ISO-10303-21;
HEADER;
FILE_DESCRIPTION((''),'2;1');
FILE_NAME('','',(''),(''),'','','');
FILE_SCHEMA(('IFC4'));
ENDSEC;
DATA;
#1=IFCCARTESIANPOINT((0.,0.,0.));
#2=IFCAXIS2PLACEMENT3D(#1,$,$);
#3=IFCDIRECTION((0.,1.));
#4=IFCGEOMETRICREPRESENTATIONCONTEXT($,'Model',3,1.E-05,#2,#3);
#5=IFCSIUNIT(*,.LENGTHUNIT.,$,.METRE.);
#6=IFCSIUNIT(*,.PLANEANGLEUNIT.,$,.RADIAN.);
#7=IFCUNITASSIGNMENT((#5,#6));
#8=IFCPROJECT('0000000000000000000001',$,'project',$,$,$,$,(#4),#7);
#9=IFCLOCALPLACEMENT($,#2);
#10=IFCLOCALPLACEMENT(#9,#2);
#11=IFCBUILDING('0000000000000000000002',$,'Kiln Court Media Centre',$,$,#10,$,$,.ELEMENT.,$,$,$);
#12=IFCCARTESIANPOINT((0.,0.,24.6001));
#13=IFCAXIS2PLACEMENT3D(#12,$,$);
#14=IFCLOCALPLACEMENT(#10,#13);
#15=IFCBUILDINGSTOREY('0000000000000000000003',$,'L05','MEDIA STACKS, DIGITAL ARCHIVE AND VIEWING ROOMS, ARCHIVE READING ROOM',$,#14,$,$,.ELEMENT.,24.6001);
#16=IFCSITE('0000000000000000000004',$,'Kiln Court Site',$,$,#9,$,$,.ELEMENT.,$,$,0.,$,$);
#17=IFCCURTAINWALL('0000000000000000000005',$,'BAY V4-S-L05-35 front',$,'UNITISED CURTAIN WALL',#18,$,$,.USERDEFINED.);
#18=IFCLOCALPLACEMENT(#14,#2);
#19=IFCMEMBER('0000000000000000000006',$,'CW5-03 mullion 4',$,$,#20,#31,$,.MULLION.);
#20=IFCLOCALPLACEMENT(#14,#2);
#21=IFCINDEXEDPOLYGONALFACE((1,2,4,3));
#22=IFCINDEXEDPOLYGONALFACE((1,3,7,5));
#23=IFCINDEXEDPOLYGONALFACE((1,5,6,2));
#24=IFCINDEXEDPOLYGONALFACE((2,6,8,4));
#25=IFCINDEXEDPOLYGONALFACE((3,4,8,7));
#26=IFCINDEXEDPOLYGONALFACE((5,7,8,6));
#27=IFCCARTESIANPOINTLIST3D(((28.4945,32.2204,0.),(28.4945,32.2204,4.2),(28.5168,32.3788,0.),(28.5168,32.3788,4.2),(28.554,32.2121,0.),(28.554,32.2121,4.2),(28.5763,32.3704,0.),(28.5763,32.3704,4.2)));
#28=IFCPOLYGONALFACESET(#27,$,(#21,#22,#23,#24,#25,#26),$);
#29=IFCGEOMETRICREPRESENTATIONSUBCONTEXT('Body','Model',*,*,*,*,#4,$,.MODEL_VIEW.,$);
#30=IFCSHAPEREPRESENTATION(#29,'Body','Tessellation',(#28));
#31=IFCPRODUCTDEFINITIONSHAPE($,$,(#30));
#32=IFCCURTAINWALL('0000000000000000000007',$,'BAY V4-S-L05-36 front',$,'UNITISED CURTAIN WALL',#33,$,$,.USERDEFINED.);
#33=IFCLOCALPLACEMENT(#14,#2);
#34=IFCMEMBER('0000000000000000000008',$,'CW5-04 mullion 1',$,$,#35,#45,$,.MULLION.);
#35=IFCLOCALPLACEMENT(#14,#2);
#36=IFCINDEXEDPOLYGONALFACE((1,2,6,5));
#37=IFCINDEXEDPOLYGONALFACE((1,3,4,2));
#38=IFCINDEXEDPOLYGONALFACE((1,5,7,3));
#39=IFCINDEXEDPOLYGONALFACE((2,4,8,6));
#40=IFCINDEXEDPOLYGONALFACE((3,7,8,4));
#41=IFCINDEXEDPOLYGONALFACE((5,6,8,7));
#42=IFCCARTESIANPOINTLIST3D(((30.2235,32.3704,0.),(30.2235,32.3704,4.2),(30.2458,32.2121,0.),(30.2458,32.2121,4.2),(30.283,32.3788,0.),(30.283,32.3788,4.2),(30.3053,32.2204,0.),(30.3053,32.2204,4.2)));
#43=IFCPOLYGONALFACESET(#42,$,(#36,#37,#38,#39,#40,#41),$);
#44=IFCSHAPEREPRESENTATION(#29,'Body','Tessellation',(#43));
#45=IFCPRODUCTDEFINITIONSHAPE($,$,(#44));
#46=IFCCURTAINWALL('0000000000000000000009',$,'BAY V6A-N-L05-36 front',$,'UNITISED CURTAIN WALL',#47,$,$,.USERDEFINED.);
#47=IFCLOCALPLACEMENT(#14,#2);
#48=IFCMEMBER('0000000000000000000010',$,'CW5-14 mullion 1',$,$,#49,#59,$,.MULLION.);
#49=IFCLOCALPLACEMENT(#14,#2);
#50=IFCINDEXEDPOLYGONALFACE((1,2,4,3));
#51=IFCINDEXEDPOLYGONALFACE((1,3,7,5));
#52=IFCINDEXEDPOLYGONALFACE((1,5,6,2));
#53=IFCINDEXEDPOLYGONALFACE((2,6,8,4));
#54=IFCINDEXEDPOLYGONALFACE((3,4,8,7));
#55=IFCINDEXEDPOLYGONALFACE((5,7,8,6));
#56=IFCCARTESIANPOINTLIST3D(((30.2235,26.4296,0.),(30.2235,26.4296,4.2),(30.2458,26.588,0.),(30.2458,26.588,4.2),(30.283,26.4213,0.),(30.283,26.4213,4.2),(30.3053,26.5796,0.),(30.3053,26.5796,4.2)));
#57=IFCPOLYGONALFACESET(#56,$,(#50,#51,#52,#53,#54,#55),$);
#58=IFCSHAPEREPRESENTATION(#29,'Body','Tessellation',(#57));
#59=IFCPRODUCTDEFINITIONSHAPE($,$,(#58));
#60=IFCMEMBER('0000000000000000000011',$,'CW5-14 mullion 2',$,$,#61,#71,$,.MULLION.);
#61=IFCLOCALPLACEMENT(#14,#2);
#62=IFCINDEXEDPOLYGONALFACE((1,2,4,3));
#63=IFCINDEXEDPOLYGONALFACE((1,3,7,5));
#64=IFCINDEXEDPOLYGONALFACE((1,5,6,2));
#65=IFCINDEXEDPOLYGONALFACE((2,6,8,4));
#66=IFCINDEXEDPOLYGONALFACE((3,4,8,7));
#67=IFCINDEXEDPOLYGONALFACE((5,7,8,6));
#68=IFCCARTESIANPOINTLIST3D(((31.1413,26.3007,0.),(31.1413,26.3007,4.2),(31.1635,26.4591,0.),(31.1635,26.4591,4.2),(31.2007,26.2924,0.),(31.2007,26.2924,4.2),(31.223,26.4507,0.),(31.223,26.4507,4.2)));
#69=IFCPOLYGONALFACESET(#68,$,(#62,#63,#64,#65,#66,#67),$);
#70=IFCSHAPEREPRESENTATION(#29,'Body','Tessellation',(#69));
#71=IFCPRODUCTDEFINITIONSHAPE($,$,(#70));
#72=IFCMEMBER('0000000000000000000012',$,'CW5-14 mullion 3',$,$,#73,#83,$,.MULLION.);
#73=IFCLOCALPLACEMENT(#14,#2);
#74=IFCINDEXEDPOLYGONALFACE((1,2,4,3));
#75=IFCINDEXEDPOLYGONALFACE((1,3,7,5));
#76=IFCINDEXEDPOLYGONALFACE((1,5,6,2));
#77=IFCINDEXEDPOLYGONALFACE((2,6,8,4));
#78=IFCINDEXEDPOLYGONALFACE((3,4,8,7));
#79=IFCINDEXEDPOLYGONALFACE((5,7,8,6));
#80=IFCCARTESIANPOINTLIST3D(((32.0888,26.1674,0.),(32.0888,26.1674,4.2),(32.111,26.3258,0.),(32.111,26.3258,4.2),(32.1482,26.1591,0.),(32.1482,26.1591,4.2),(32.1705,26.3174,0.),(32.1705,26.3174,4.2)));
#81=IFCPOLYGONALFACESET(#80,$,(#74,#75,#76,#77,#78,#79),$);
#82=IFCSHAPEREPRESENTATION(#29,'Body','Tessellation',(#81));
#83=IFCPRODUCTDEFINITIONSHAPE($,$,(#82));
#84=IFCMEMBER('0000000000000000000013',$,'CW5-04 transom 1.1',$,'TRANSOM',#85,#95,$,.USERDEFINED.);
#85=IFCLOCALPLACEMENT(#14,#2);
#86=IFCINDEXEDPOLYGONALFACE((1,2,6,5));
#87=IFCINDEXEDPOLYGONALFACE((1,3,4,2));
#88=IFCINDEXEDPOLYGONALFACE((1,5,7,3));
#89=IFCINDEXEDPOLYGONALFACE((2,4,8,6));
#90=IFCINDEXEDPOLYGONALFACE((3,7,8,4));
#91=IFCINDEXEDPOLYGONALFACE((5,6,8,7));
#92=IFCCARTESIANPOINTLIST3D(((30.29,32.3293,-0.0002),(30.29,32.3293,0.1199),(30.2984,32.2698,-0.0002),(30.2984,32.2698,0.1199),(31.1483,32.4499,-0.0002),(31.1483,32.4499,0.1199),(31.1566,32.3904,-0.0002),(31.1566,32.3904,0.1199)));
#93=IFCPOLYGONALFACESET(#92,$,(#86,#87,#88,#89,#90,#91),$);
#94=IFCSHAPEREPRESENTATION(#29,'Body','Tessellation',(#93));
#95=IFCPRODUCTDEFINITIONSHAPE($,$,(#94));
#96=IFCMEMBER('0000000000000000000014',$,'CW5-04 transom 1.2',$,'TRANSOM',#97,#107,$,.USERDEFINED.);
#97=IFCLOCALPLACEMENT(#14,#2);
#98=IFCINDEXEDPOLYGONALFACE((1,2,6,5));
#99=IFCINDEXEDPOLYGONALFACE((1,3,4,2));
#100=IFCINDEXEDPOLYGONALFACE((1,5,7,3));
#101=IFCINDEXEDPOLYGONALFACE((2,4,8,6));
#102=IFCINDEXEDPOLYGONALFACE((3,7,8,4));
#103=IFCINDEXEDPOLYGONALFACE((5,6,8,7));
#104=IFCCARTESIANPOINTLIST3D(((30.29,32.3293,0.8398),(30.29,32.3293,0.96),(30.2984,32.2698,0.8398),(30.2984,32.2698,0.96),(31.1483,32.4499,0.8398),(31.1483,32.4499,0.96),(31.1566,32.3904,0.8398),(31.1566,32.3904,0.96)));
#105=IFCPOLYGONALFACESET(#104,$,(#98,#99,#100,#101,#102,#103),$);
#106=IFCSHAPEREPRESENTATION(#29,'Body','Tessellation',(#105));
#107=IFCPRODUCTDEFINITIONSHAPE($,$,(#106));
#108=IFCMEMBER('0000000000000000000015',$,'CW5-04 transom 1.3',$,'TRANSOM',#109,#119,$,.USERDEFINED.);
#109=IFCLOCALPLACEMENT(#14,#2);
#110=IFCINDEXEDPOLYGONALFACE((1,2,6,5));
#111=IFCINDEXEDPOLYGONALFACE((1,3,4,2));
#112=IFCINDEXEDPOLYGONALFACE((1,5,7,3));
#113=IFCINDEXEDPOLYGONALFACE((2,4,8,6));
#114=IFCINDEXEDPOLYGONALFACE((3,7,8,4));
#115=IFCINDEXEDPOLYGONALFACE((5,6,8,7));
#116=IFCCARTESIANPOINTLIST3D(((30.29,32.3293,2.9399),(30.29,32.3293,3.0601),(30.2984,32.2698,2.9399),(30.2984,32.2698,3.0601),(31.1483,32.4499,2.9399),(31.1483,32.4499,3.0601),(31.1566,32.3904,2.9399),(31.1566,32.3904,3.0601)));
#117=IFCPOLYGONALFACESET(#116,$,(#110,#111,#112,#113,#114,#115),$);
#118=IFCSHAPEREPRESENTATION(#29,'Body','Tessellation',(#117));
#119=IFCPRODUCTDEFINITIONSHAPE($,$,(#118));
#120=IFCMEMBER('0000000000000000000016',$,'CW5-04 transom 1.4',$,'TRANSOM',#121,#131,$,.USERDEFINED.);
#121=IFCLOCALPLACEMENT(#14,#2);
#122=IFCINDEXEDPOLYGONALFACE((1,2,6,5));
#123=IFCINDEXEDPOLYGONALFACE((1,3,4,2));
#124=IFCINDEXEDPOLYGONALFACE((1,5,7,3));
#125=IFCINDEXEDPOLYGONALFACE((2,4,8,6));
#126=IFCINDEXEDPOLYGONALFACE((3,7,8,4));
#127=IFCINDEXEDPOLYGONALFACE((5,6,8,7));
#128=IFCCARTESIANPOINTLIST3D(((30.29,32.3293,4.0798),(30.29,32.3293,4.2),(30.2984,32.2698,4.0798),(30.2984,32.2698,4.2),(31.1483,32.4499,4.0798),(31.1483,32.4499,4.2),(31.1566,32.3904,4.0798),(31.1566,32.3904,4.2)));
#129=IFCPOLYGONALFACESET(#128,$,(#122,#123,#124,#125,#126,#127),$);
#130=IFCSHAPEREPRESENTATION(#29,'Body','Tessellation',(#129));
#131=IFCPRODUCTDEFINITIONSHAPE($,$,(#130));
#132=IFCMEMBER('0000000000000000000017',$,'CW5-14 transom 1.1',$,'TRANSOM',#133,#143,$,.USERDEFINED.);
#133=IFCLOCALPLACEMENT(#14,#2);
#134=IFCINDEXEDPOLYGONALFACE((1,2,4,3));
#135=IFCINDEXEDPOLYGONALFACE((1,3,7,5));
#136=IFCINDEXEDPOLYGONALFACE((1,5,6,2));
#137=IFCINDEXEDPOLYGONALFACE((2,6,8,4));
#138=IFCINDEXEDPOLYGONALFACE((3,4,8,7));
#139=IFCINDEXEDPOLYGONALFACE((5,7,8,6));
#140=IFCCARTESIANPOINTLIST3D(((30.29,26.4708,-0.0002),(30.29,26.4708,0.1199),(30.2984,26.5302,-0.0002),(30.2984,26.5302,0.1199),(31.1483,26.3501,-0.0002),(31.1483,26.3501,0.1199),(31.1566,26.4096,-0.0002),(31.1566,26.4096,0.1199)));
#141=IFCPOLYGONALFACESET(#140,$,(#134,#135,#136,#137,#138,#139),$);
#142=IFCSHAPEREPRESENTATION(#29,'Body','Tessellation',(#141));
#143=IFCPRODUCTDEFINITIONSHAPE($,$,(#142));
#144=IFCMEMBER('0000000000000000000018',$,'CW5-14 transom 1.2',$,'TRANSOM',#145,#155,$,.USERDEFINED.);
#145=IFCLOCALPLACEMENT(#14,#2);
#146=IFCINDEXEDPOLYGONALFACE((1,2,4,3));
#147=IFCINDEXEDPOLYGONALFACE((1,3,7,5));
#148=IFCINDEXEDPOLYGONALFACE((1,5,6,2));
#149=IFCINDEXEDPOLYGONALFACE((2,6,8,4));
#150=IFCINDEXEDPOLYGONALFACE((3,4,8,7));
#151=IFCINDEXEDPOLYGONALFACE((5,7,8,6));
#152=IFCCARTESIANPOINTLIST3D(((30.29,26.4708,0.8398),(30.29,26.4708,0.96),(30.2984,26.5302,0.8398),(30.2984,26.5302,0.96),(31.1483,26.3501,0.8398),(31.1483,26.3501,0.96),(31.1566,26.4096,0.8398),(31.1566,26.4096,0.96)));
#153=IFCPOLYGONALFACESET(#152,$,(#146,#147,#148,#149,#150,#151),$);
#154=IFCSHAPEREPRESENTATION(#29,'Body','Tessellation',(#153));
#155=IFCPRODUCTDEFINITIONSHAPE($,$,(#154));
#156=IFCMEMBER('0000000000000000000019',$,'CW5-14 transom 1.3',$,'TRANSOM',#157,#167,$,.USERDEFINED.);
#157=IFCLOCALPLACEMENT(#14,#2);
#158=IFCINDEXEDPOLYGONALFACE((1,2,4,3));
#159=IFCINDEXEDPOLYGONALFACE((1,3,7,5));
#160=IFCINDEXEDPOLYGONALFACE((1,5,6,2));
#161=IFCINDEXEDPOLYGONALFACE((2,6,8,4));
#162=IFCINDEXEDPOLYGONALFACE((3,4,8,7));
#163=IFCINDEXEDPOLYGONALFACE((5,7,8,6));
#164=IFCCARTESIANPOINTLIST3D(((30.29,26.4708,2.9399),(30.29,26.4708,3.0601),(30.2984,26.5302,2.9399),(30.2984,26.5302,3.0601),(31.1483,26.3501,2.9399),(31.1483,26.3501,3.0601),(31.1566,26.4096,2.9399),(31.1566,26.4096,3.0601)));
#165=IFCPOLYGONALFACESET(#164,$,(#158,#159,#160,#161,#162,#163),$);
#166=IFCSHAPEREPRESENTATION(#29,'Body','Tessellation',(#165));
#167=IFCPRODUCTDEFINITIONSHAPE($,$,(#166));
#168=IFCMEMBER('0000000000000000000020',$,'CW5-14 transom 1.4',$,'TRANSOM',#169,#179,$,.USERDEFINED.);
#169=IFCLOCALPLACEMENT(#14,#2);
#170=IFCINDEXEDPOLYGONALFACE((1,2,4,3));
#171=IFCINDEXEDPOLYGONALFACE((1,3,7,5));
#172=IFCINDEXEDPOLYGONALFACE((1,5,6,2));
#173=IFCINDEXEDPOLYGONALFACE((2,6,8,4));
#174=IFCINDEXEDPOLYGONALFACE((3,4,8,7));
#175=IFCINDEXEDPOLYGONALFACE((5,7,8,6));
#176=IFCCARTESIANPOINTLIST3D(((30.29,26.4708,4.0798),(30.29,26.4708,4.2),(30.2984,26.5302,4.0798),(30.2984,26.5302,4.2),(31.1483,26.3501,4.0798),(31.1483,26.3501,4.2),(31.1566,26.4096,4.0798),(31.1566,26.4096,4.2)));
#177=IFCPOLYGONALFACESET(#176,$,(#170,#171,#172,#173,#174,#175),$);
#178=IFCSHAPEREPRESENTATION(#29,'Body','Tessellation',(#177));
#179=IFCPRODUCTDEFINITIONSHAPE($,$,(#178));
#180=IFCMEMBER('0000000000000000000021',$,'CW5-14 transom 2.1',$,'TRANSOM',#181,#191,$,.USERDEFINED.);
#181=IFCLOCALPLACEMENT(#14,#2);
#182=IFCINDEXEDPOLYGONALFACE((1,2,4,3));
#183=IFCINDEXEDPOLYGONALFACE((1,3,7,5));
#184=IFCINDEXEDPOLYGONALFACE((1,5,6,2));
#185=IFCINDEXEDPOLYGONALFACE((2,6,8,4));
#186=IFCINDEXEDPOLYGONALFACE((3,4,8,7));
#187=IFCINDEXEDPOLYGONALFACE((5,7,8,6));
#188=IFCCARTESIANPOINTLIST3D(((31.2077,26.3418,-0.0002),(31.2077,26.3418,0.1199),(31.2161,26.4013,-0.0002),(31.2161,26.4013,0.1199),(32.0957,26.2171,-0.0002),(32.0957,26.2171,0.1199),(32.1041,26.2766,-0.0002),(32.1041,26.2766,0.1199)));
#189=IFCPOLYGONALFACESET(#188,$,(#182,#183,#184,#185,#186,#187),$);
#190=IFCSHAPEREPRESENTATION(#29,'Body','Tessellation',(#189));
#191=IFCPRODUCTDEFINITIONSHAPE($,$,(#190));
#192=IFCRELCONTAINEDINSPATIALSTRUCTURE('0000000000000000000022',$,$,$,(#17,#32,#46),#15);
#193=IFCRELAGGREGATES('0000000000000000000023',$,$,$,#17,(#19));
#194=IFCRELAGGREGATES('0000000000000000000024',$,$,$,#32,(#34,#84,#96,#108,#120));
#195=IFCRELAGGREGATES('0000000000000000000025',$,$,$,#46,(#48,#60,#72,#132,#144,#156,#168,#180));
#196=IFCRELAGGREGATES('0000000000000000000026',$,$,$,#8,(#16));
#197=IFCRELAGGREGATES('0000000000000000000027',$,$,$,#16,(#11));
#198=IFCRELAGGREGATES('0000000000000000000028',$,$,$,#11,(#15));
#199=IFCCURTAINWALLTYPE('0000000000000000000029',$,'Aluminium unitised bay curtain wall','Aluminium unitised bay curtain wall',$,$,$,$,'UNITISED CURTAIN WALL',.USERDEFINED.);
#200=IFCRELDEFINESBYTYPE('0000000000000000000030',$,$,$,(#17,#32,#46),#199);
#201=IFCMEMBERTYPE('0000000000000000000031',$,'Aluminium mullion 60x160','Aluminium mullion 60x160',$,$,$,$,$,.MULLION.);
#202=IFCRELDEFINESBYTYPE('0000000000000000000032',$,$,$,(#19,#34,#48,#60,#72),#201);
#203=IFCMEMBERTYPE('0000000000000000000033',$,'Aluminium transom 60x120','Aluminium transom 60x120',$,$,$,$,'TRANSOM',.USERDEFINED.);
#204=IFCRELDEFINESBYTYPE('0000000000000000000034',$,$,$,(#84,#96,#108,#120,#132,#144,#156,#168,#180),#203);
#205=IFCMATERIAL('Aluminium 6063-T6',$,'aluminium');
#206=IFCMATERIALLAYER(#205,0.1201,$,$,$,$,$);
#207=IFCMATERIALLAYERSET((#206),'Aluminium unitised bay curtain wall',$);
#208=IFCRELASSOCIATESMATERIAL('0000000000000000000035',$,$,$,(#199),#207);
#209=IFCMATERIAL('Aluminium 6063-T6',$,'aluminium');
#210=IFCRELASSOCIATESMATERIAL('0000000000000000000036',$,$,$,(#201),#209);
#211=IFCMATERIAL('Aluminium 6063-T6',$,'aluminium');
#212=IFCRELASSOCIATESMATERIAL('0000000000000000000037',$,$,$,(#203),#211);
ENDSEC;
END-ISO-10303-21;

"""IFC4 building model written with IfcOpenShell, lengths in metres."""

from ifc_helpers import new_model, si_unit, direction, frame, origin, origin_2d, place, context, subcontext, project, spatial, rectangle, extrude, material, layer, layer_set, material_profile, profile_set, type_object, element, aggregate, save


model = new_model("IFC4")

# Units and contexts
model_context = context("Model", 3, precision=1e-05, world=origin(), true_north=direction((0.0, 1.0)))
body_context = subcontext(model_context, "Body", "Model", "MODEL_VIEW")
ifc_project = project(units=[si_unit("LENGTHUNIT", "METRE"), si_unit("PLANEANGLEUNIT", "RADIAN")], contexts=[model_context])

# Site, building, storey
site_placement = place(None, origin())
site = spatial("IfcSite", under=ifc_project, at=site_placement, Name="Kiln Court Site", CompositionType="ELEMENT", RefElevation=0.0)
building_placement = place(site_placement, origin())
building = spatial("IfcBuilding", under=site, at=building_placement, Name="Kiln Court Media Centre", CompositionType="ELEMENT")
storey_placement = place(building_placement, frame((0.0, 0.0, 24.6001)))
storey = spatial("IfcBuildingStorey", under=building, at=storey_placement, Name="L05", Description="MEDIA STACKS, DIGITAL ARCHIVE AND VIEWING ROOMS, ARCHIVE READING ROOM", CompositionType="ELEMENT", Elevation=24.6001)

# Curtain walls, members
ifc_material_1 = material(Name="Aluminium 6063-T6", Category="aluminium")
ifc_layer_1 = layer(ifc_material_1, 0.1201)
ifc_layer_set_1 = layer_set([ifc_layer_1], Name="Aluminium unitised bay curtain wall")
curtain_wall_type = type_object("IfcCurtainWallType", Name="Aluminium unitised bay curtain wall", Description="Aluminium unitised bay curtain wall", ElementType="UNITISED CURTAIN WALL", PredefinedType="USERDEFINED", material=ifc_layer_set_1)
curtain_wall_1_placement = place(storey_placement, origin())
curtain_wall_1 = element("IfcCurtainWall", 1, at=curtain_wall_1_placement, inside=storey, type_object=curtain_wall_type, Name="BAY V4-S-L05-35 front", ObjectType="UNITISED CURTAIN WALL", PredefinedType="USERDEFINED")
ifc_material_2 = material(Name="Aluminium 6063-T6", Category="aluminium")
ifc_material_profile_1 = material_profile(ifc_material_2, rectangle(XDim=0.0601, YDim=0.1599, at=origin_2d()), Name="Aluminium mullion 60x160")
ifc_profile_set_1 = profile_set([ifc_material_profile_1], Name="Aluminium 6063-T6")
member_type_1 = type_object("IfcMemberType", Name="Aluminium mullion 60x160", Description="Aluminium mullion 60x160", PredefinedType="MULLION", material=ifc_profile_set_1)
member_1_placement = place(storey_placement, frame((28.5354, 32.2954, 0.0), z_axis=(0.0, 0.0, 1.0), x_axis=(0.99027, -0.139162, 0.0)))
member_1 = element("IfcMember", 2, at=member_1_placement, type_object=member_type_1, Name="CW5-03 mullion 4", PredefinedType="MULLION", context=body_context, shape_type="SweptSolid", body=[
    extrude(rectangle(XDim=0.0601, YDim=0.1599, at=origin_2d()), origin(), (0.0, 0.0, 1.0), 4.2),
])
aggregate(curtain_wall_1, [member_1])
curtain_wall_2_placement = place(storey_placement, origin())
curtain_wall_2 = element("IfcCurtainWall", 3, at=curtain_wall_2_placement, inside=storey, type_object=curtain_wall_type, Name="BAY V4-S-L05-36 front", ObjectType="UNITISED CURTAIN WALL", PredefinedType="USERDEFINED")
member_2_placement = place(storey_placement, frame((30.2644, 32.2954, 0.0), z_axis=(0.0, 0.0, 1.0), x_axis=(0.99027, 0.139162, 0.0)))
member_2 = element("IfcMember", 4, at=member_2_placement, type_object=member_type_1, Name="CW5-04 mullion 1", PredefinedType="MULLION", context=body_context, shape_type="SweptSolid", body=[
    extrude(rectangle(XDim=0.0601, YDim=0.1599, at=origin_2d()), origin(), (0.0, 0.0, 1.0), 4.2),
])

# Curtain wall, members
curtain_wall_3_placement = place(storey_placement, origin())
curtain_wall_3 = element("IfcCurtainWall", 5, at=curtain_wall_3_placement, inside=storey, type_object=curtain_wall_type, Name="BAY V6A-N-L05-36 front", ObjectType="UNITISED CURTAIN WALL", PredefinedType="USERDEFINED")
member_3_placement = place(storey_placement, frame((30.2644, 26.5046, 0.0), z_axis=(0.0, 0.0, 1.0), x_axis=(0.99027, -0.139162, 0.0)))
member_3 = element("IfcMember", 6, at=member_3_placement, type_object=member_type_1, Name="CW5-14 mullion 1", PredefinedType="MULLION", context=body_context, shape_type="SweptSolid", body=[
    extrude(rectangle(XDim=0.0601, YDim=0.1599, at=origin_2d()), origin(), (0.0, 0.0, 1.0), 4.2),
])
member_4_placement = place(storey_placement, frame((31.1821, 26.3757, 0.0), z_axis=(0.0, 0.0, 1.0), x_axis=(0.99027, -0.139162, 0.0)))
member_4 = element("IfcMember", 7, at=member_4_placement, type_object=member_type_1, Name="CW5-14 mullion 2", PredefinedType="MULLION", context=body_context, shape_type="SweptSolid", body=[
    extrude(rectangle(XDim=0.0601, YDim=0.1599, at=origin_2d()), origin(), (0.0, 0.0, 1.0), 4.2),
])
member_5_placement = place(storey_placement, frame((32.1296, 26.2424, 0.0), z_axis=(0.0, 0.0, 1.0), x_axis=(0.99027, -0.139162, 0.0)))
member_5 = element("IfcMember", 8, at=member_5_placement, type_object=member_type_1, Name="CW5-14 mullion 3", PredefinedType="MULLION", context=body_context, shape_type="SweptSolid", body=[
    extrude(rectangle(XDim=0.0601, YDim=0.1599, at=origin_2d()), origin(), (0.0, 0.0, 1.0), 4.2),
])

# Members
ifc_material_3 = material(Name="Aluminium 6063-T6", Category="aluminium")
ifc_material_profile_2 = material_profile(ifc_material_3, rectangle(XDim=0.0601, YDim=0.1201, at=origin_2d()), Name="Aluminium transom 60x120")
ifc_profile_set_2 = profile_set([ifc_material_profile_2], Name="Aluminium 6063-T6")
member_type_2 = type_object("IfcMemberType", Name="Aluminium transom 60x120", Description="Aluminium transom 60x120", ElementType="TRANSOM", PredefinedType="USERDEFINED", material=ifc_profile_set_2)
member_6_placement = place(storey_placement, frame((30.2942, 32.2996, 0.0598), z_axis=(0.990268, 0.139173, 0.0), x_axis=(-0.139173, 0.990268, 0.0)))
member_6 = element("IfcMember", 9, at=member_6_placement, type_object=member_type_2, Name="CW5-04 transom 1.1", ObjectType="TRANSOM", PredefinedType="USERDEFINED", context=body_context, shape_type="SweptSolid", body=[
    extrude(rectangle(XDim=0.0601, YDim=0.1201, at=origin_2d()), origin(), (0.0, 0.0, 1.0), 0.8667),
])
member_7_placement = place(storey_placement, frame((30.2942, 32.2996, 0.8999), z_axis=(0.990268, 0.139173, 0.0), x_axis=(-0.139173, 0.990268, 0.0)))
member_7 = element("IfcMember", 10, at=member_7_placement, type_object=member_type_2, Name="CW5-04 transom 1.2", ObjectType="TRANSOM", PredefinedType="USERDEFINED", context=body_context, shape_type="SweptSolid", body=[
    extrude(rectangle(XDim=0.0601, YDim=0.1201, at=origin_2d()), origin(), (0.0, 0.0, 1.0), 0.8667),
])
member_8_placement = place(storey_placement, frame((30.2942, 32.2996, 3.0), z_axis=(0.990268, 0.139173, 0.0), x_axis=(-0.139173, 0.990268, 0.0)))
member_8 = element("IfcMember", 11, at=member_8_placement, type_object=member_type_2, Name="CW5-04 transom 1.3", ObjectType="TRANSOM", PredefinedType="USERDEFINED", context=body_context, shape_type="SweptSolid", body=[
    extrude(rectangle(XDim=0.0601, YDim=0.1201, at=origin_2d()), origin(), (0.0, 0.0, 1.0), 0.8667),
])
member_9_placement = place(storey_placement, frame((30.2942, 32.2996, 4.1399), z_axis=(0.990268, 0.139173, 0.0), x_axis=(-0.139173, 0.990268, 0.0)))
member_9 = element("IfcMember", 12, at=member_9_placement, type_object=member_type_2, Name="CW5-04 transom 1.4", ObjectType="TRANSOM", PredefinedType="USERDEFINED", context=body_context, shape_type="SweptSolid", body=[
    extrude(rectangle(XDim=0.0601, YDim=0.1201, at=origin_2d()), origin(), (0.0, 0.0, 1.0), 0.8667),
])
aggregate(curtain_wall_2, [member_2, member_6, member_7, member_8, member_9])
member_10_placement = place(storey_placement, frame((30.2942, 26.5005, 0.0598), z_axis=(0.990268, -0.139173, 0.0), x_axis=(0.139173, 0.990268, 0.0)))
member_10 = element("IfcMember", 13, at=member_10_placement, type_object=member_type_2, Name="CW5-14 transom 1.1", ObjectType="TRANSOM", PredefinedType="USERDEFINED", context=body_context, shape_type="SweptSolid", body=[
    extrude(rectangle(XDim=0.0601, YDim=0.1201, at=origin_2d()), origin(), (0.0, 0.0, 1.0), 0.8667),
])
member_11_placement = place(storey_placement, frame((30.2942, 26.5005, 0.8999), z_axis=(0.990268, -0.139173, 0.0), x_axis=(0.139173, 0.990268, 0.0)))
member_11 = element("IfcMember", 14, at=member_11_placement, type_object=member_type_2, Name="CW5-14 transom 1.2", ObjectType="TRANSOM", PredefinedType="USERDEFINED", context=body_context, shape_type="SweptSolid", body=[
    extrude(rectangle(XDim=0.0601, YDim=0.1201, at=origin_2d()), origin(), (0.0, 0.0, 1.0), 0.8667),
])
member_12_placement = place(storey_placement, frame((30.2942, 26.5005, 3.0), z_axis=(0.990268, -0.139173, 0.0), x_axis=(0.139173, 0.990268, 0.0)))
member_12 = element("IfcMember", 15, at=member_12_placement, type_object=member_type_2, Name="CW5-14 transom 1.3", ObjectType="TRANSOM", PredefinedType="USERDEFINED", context=body_context, shape_type="SweptSolid", body=[
    extrude(rectangle(XDim=0.0601, YDim=0.1201, at=origin_2d()), origin(), (0.0, 0.0, 1.0), 0.8667),
])
member_13_placement = place(storey_placement, frame((30.2942, 26.5005, 4.1399), z_axis=(0.990268, -0.139173, 0.0), x_axis=(0.139173, 0.990268, 0.0)))
member_13 = element("IfcMember", 16, at=member_13_placement, type_object=member_type_2, Name="CW5-14 transom 1.4", ObjectType="TRANSOM", PredefinedType="USERDEFINED", context=body_context, shape_type="SweptSolid", body=[
    extrude(rectangle(XDim=0.0601, YDim=0.1201, at=origin_2d()), origin(), (0.0, 0.0, 1.0), 0.8667),
])
member_14_placement = place(storey_placement, frame((31.2119, 26.3716, 0.0598), z_axis=(0.990274, -0.139134, 0.0), x_axis=(0.139134, 0.990274, 0.0)))
member_14 = element("IfcMember", 17, at=member_14_placement, type_object=member_type_2, Name="CW5-14 transom 2.1", ObjectType="TRANSOM", PredefinedType="USERDEFINED", context=body_context, shape_type="SweptSolid", body=[
    extrude(rectangle(XDim=0.0601, YDim=0.1201, at=origin_2d()), origin(), (0.0, 0.0, 1.0), 0.8967),
])

aggregate(curtain_wall_3, [member_3, member_4, member_5, member_10, member_11, member_12, member_13, member_14])

save(model, "model.ifc")
